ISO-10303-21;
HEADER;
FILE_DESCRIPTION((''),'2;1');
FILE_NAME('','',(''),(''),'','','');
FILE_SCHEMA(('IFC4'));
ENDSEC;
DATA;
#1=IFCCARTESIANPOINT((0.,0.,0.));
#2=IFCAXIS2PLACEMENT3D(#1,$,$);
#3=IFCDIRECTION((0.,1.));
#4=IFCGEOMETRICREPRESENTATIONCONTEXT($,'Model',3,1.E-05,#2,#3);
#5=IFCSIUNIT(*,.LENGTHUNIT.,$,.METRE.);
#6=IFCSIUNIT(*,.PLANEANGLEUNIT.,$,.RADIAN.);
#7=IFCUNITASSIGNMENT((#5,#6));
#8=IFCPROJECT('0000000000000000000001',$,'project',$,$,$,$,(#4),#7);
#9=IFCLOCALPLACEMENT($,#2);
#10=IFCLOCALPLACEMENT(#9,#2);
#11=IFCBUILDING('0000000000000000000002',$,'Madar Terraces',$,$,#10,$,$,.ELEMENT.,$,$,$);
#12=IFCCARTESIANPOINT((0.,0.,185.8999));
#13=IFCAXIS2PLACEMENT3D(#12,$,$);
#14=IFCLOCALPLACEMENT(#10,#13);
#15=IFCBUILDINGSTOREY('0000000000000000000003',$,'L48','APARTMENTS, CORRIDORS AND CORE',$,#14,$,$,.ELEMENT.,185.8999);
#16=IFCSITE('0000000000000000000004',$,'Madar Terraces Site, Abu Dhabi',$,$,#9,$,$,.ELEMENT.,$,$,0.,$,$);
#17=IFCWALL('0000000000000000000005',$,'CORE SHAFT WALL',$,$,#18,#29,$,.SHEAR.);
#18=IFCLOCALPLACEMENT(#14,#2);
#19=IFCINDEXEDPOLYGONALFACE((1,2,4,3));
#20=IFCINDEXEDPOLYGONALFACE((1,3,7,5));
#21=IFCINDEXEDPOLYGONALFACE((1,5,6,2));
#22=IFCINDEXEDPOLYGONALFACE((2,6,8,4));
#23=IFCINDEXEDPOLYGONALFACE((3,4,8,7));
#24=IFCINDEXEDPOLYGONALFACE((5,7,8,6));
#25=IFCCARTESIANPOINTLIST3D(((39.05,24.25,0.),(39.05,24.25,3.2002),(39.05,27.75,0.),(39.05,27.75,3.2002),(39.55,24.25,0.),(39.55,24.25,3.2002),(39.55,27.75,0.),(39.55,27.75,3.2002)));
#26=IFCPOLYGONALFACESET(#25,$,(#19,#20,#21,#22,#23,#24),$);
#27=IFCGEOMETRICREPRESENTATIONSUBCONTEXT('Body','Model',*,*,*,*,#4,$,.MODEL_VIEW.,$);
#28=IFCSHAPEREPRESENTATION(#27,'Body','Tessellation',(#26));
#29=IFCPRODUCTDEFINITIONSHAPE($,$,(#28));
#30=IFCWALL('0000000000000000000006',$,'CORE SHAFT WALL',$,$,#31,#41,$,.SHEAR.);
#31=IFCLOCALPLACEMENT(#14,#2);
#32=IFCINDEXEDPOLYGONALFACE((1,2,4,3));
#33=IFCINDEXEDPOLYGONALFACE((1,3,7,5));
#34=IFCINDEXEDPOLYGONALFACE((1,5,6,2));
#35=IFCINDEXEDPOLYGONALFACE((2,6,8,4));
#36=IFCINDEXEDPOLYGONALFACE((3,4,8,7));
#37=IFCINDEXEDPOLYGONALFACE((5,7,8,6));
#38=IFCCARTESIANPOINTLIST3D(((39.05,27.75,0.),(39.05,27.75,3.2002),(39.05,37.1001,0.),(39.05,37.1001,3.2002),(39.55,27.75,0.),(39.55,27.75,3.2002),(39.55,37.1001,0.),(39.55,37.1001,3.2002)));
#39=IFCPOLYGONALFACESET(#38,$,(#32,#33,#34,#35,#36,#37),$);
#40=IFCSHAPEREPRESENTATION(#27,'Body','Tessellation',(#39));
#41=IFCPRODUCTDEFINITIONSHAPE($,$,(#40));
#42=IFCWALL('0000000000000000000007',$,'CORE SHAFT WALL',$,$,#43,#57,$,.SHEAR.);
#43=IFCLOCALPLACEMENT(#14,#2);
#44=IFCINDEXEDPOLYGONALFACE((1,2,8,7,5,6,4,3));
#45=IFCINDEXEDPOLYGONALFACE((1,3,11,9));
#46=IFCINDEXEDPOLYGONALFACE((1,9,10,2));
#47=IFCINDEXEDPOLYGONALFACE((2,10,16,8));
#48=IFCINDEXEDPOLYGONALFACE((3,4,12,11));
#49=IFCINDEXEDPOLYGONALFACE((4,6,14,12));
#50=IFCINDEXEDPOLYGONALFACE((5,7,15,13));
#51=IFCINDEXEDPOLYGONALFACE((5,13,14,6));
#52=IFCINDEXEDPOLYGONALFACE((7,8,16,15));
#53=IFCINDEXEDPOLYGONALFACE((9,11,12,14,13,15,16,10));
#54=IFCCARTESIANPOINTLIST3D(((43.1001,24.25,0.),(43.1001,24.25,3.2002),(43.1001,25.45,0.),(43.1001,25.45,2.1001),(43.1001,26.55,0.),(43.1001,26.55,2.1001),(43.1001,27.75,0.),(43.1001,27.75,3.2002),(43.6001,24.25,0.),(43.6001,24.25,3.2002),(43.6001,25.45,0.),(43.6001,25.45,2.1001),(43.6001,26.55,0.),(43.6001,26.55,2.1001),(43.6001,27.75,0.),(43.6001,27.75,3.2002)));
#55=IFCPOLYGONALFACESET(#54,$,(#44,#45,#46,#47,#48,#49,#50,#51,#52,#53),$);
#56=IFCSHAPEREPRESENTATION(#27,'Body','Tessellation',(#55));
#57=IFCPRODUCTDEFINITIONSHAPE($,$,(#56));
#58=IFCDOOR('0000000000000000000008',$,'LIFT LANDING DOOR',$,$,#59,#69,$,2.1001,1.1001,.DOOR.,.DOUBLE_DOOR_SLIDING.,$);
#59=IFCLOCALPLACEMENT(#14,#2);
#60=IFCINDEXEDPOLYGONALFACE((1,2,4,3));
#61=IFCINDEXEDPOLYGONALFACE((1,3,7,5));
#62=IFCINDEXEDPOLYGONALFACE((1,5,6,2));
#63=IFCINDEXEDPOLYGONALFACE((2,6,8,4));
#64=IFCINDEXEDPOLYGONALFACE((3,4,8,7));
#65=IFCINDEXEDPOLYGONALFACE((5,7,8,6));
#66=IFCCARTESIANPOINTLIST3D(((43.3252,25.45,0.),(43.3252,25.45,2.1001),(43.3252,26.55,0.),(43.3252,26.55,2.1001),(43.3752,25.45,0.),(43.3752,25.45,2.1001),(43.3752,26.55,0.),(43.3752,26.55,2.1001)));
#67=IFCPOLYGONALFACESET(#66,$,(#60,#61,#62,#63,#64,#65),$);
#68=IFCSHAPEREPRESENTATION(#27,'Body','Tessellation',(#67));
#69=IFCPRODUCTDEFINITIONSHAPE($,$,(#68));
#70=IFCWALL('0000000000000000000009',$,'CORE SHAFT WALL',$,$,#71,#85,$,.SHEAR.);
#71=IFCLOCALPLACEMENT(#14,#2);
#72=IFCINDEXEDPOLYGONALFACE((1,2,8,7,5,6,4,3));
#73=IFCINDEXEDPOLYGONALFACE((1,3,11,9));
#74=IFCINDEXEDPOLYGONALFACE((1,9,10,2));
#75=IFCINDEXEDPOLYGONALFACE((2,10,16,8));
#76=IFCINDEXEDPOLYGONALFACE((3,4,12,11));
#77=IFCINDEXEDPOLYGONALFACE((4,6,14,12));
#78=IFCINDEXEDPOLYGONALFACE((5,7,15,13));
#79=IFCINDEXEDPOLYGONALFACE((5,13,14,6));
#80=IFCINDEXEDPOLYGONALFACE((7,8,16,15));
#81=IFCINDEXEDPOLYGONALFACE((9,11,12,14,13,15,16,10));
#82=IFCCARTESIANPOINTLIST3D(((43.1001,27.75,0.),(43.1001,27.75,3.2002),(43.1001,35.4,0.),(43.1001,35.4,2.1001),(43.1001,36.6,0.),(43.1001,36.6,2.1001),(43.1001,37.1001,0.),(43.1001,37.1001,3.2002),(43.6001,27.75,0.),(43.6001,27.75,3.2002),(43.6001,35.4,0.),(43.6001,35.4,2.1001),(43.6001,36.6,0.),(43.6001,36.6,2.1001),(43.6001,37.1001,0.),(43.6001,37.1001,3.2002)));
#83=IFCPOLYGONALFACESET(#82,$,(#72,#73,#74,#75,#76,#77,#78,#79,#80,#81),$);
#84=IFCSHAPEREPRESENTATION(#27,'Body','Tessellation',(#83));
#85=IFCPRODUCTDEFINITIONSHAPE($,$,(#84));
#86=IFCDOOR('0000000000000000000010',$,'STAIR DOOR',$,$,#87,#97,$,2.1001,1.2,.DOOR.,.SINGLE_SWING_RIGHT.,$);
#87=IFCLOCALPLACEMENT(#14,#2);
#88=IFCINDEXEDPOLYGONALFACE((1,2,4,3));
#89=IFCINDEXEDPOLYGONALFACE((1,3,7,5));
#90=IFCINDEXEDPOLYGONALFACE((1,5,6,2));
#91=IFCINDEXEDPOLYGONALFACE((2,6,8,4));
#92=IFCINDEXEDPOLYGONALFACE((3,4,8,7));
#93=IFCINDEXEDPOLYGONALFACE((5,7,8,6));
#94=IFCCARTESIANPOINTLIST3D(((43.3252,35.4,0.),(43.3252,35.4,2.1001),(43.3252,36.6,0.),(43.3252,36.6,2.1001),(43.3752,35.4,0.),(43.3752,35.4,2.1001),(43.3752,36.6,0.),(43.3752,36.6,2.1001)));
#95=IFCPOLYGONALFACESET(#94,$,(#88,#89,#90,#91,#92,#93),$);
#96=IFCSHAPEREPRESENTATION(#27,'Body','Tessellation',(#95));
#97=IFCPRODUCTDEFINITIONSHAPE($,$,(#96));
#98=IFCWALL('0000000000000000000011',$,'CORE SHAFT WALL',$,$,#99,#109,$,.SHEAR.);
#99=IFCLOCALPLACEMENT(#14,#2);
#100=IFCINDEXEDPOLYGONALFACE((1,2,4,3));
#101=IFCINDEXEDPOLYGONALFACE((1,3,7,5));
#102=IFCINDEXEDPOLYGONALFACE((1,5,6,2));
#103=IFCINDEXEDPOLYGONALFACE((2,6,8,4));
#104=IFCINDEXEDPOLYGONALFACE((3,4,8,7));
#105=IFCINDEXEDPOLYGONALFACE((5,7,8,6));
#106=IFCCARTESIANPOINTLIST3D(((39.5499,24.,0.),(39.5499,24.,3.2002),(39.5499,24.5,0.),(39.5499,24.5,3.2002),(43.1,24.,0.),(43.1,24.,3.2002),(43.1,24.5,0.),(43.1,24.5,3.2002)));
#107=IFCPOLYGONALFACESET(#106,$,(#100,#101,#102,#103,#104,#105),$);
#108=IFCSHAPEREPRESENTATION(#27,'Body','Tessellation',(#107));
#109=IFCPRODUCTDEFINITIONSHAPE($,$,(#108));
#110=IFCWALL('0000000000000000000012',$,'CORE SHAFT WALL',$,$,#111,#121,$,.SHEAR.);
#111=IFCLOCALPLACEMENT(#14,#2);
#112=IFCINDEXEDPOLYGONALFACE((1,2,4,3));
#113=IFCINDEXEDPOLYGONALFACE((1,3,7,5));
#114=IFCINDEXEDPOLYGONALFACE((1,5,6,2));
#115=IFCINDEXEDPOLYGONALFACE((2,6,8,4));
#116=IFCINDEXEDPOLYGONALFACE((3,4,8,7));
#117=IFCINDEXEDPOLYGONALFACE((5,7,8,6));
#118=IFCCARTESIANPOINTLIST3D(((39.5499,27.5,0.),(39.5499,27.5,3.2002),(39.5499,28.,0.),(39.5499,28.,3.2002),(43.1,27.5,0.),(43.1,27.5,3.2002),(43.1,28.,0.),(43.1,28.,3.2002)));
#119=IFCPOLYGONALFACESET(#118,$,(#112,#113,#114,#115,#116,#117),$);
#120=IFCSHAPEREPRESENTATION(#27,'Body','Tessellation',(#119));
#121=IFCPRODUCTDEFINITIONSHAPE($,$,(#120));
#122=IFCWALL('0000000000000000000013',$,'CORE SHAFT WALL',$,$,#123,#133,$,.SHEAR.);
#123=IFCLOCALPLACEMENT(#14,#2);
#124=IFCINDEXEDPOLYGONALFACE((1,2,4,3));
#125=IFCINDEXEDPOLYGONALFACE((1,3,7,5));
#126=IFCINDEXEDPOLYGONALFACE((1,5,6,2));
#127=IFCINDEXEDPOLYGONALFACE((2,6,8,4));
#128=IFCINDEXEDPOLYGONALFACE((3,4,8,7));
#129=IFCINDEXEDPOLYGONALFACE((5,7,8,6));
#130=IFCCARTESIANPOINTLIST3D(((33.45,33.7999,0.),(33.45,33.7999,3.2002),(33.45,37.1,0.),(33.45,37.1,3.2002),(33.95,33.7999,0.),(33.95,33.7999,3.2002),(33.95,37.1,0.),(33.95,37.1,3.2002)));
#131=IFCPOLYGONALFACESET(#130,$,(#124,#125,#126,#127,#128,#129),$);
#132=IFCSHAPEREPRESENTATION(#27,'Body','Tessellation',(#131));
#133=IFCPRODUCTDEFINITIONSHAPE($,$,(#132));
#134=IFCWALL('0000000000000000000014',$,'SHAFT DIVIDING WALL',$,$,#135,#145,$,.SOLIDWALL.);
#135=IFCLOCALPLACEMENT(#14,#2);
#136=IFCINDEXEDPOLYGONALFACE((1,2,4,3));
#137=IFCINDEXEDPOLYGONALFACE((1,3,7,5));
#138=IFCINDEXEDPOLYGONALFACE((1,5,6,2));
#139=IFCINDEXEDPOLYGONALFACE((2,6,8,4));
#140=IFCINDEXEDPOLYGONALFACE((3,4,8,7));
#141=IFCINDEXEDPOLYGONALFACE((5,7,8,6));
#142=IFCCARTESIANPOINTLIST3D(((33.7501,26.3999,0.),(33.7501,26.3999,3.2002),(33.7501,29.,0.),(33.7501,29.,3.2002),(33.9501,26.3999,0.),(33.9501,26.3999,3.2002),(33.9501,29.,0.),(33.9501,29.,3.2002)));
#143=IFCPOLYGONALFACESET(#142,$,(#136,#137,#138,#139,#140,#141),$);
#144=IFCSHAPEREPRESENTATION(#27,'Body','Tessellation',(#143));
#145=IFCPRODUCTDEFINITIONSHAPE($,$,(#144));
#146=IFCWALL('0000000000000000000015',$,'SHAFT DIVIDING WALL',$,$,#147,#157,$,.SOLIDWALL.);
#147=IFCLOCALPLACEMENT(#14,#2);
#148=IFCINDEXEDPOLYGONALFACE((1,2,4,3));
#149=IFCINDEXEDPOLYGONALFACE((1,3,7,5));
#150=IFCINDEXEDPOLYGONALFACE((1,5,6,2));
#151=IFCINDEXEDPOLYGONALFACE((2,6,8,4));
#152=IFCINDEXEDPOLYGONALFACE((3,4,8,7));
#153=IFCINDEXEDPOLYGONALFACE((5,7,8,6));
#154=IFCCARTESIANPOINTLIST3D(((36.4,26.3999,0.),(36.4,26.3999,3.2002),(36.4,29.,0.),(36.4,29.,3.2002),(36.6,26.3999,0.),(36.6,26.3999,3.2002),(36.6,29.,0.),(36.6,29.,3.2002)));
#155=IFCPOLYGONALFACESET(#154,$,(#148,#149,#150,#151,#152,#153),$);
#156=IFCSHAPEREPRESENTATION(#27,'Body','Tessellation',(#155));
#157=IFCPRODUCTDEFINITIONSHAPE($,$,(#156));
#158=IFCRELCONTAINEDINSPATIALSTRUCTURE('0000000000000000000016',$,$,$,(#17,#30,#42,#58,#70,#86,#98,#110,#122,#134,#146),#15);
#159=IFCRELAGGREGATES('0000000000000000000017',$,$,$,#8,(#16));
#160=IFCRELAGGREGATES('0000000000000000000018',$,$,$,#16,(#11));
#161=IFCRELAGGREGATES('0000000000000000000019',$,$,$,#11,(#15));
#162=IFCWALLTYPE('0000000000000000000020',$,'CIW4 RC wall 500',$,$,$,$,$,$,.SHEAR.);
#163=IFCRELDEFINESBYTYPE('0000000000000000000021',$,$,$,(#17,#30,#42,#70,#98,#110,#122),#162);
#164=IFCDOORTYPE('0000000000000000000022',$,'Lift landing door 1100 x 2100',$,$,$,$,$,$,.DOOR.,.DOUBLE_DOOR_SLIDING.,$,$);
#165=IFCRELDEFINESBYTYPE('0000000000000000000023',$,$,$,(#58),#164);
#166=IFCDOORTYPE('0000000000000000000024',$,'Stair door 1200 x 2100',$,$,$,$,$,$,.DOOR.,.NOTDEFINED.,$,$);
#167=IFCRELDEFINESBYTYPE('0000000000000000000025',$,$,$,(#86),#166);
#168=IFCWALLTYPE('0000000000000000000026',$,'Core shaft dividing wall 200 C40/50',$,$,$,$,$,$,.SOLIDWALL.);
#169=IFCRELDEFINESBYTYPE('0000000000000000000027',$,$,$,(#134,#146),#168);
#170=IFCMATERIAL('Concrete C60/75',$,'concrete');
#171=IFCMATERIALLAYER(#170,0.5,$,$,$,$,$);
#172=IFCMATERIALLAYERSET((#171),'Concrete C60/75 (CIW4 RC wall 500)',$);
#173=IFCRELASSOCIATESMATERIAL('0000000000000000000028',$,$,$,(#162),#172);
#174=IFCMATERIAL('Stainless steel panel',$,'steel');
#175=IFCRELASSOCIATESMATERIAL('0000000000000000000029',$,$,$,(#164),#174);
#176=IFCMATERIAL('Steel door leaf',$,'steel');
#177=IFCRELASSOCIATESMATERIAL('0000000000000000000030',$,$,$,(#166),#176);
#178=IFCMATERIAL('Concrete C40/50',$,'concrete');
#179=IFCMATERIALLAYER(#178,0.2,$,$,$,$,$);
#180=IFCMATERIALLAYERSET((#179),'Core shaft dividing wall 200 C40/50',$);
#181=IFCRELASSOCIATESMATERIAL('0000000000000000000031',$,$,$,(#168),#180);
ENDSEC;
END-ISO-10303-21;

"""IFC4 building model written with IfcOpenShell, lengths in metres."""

from ifc_helpers import new_model, si_unit, direction, frame, frame_2d, origin, place, context, subcontext, project, spatial, rectangle, extrude, material, layer, layer_set, type_object, element, fill, save


model = new_model("IFC4")

# Units and contexts
model_context = context("Model", 3, precision=1e-05, world=origin(), true_north=direction((0.0, 1.0)))
body_context = subcontext(model_context, "Body", "Model", "MODEL_VIEW")
ifc_project = project(units=[si_unit("LENGTHUNIT", "METRE"), si_unit("PLANEANGLEUNIT", "RADIAN")], contexts=[model_context])

# Site, building, storey
site_placement = place(None, origin())
site = spatial("IfcSite", under=ifc_project, at=site_placement, Name="Madar Terraces Site, Abu Dhabi", CompositionType="ELEMENT", RefElevation=0.0)
building_placement = place(site_placement, origin())
building = spatial("IfcBuilding", under=site, at=building_placement, Name="Madar Terraces", CompositionType="ELEMENT")
storey_placement = place(building_placement, frame((0.0, 0.0, 185.8999)))
storey = spatial("IfcBuildingStorey", under=building, at=storey_placement, Name="L48", Description="APARTMENTS, CORRIDORS AND CORE", CompositionType="ELEMENT", Elevation=185.8999)

# Walls
ifc_material_1 = material(Name="Concrete C60/75", Category="concrete")
ifc_layer_1 = layer(ifc_material_1, 0.5)
ifc_layer_set_1 = layer_set([ifc_layer_1], Name="Concrete C60/75 (CIW4 RC wall 500)")
wall_type_1 = type_object("IfcWallType", Name="CIW4 RC wall 500", PredefinedType="SHEAR", material=ifc_layer_set_1)
wall_1_placement = place(storey_placement, frame((39.3, 24.25, 0.0), z_axis=(0.0, 0.0, 1.0), x_axis=(0.0, 1.0, 0.0)))
element("IfcWall", 1, at=wall_1_placement, inside=storey, type_object=wall_type_1, Name="CORE SHAFT WALL", PredefinedType="SHEAR", context=body_context, shape_type="SweptSolid", body=[
    extrude(rectangle(XDim=3.5, YDim=0.5, at=frame_2d((1.75, 0.0))), origin(), (0.0, 0.0, 1.0), 3.2002),
])
wall_2_placement = place(storey_placement, frame((39.3, 27.75, 0.0), z_axis=(0.0, 0.0, 1.0), x_axis=(0.0, 1.0, 0.0)))
element("IfcWall", 2, at=wall_2_placement, inside=storey, type_object=wall_type_1, Name="CORE SHAFT WALL", PredefinedType="SHEAR", context=body_context, shape_type="SweptSolid", body=[
    extrude(rectangle(XDim=9.3501, YDim=0.5, at=frame_2d((4.675, 0.0))), origin(), (0.0, 0.0, 1.0), 3.2002),
])

# Walls, openings, doors
wall_3_placement = place(storey_placement, frame((43.3501, 24.25, 0.0), z_axis=(0.0, 0.0, 1.0), x_axis=(0.0, 1.0, 0.0)))
wall_3 = element("IfcWall", 3, at=wall_3_placement, inside=storey, type_object=wall_type_1, Name="CORE SHAFT WALL", PredefinedType="SHEAR", context=body_context, shape_type="SweptSolid", body=[
    extrude(rectangle(XDim=3.5, YDim=0.5, at=frame_2d((1.75, 0.0))), origin(), (0.0, 0.0, 1.0), 3.2002),
])
opening_1_placement = place(wall_3_placement, frame((1.2, 0.0, 0.0)))
opening_1 = element("IfcOpeningElement", 4, at=opening_1_placement, cuts=wall_3, PredefinedType="OPENING", context=body_context, shape_type="SweptSolid", body=[
    extrude(rectangle(XDim=1.1001, YDim=2.1001, at=frame_2d((0.55, 1.05))), frame((0.0, 0.26, 0.0), z_axis=(0.0, -1.0, 0.0), x_axis=(1.0, 0.0, 0.0)), (0.0, 0.0, 1.0), 0.52),
])
ifc_material_2 = material(Name="Stainless steel panel", Category="steel")
door_type_1 = type_object("IfcDoorType", Name="Lift landing door 1100 x 2100", OperationType="DOUBLE_DOOR_SLIDING", PredefinedType="DOOR", material=ifc_material_2)
door_1_placement = place(opening_1_placement, origin())
door_1 = element("IfcDoor", 5, at=door_1_placement, inside=storey, type_object=door_type_1, Name="LIFT LANDING DOOR", OperationType="DOUBLE_DOOR_SLIDING", OverallHeight=2.1001, OverallWidth=1.1001, PredefinedType="DOOR", context=body_context, shape_type="SweptSolid", body=[
    extrude(rectangle(XDim=1.1001, YDim=2.1001, at=frame_2d((0.55, 1.05))), frame((0.0, 0.0249, 0.0), z_axis=(0.0, -1.0, 0.0), x_axis=(1.0, 0.0, 0.0)), (0.0, 0.0, 1.0), 0.05),
])
fill(opening_1, door_1)
wall_4_placement = place(storey_placement, frame((43.3501, 27.75, 0.0), z_axis=(0.0, 0.0, 1.0), x_axis=(0.0, 1.0, 0.0)))
wall_4 = element("IfcWall", 6, at=wall_4_placement, inside=storey, type_object=wall_type_1, Name="CORE SHAFT WALL", PredefinedType="SHEAR", context=body_context, shape_type="SweptSolid", body=[
    extrude(rectangle(XDim=9.3501, YDim=0.5, at=frame_2d((4.675, 0.0))), origin(), (0.0, 0.0, 1.0), 3.2002),
])
opening_2_placement = place(wall_4_placement, frame((7.6499, 0.0, 0.0)))
opening_2 = element("IfcOpeningElement", 7, at=opening_2_placement, cuts=wall_4, PredefinedType="OPENING", context=body_context, shape_type="SweptSolid", body=[
    extrude(rectangle(XDim=1.2, YDim=2.1001, at=frame_2d((0.6001, 1.05))), frame((0.0, 0.26, 0.0), z_axis=(0.0, -1.0, 0.0), x_axis=(1.0, 0.0, 0.0)), (0.0, 0.0, 1.0), 0.52),
])
ifc_material_3 = material(Name="Steel door leaf", Category="steel")
door_type_2 = type_object("IfcDoorType", Name="Stair door 1200 x 2100", OperationType="NOTDEFINED", PredefinedType="DOOR", material=ifc_material_3)
door_2_placement = place(opening_2_placement, origin())
door_2 = element("IfcDoor", 8, at=door_2_placement, inside=storey, type_object=door_type_2, Name="STAIR DOOR", OperationType="SINGLE_SWING_RIGHT", OverallHeight=2.1001, OverallWidth=1.2, PredefinedType="DOOR", context=body_context, shape_type="SweptSolid", body=[
    extrude(rectangle(XDim=1.2, YDim=2.1001, at=frame_2d((0.6001, 1.05))), frame((0.0, 0.0249, 0.0), z_axis=(0.0, -1.0, 0.0), x_axis=(1.0, 0.0, 0.0)), (0.0, 0.0, 1.0), 0.05),
])
fill(opening_2, door_2)

# Walls
for number, where, z_axis, x_axis, name in (
    (9, (39.55, 24.25, 0.0), (0.0, 0.0, 1.0), (1.0, 0.0, 0.0), "CORE SHAFT WALL"),
    (10, (39.55, 27.75, 0.0), (0.0, 0.0, 1.0), (1.0, 0.0, 0.0), "CORE SHAFT WALL"),
):
    element("IfcWall", number, at=place(storey_placement, frame(where, z_axis=z_axis, x_axis=x_axis)), inside=storey, type_object=wall_type_1, Name=name, PredefinedType="SHEAR", context=body_context, shape_type="SweptSolid", body=[
        extrude(rectangle(XDim=3.55, YDim=0.5, at=frame_2d((1.7749, 0.0))), origin(), (0.0, 0.0, 1.0), 3.2002),
    ])
wall_5_placement = place(storey_placement, frame((33.7, 33.8, 0.0), z_axis=(0.0, 0.0, 1.0), x_axis=(0.0, 1.0, 0.0)))
element("IfcWall", 11, at=wall_5_placement, inside=storey, type_object=wall_type_1, Name="CORE SHAFT WALL", PredefinedType="SHEAR", context=body_context, shape_type="SweptSolid", body=[
    extrude(rectangle(XDim=3.3, YDim=0.5, at=frame_2d((1.6499, 0.0))), origin(), (0.0, 0.0, 1.0), 3.2002),
])
ifc_material_4 = material(Name="Concrete C40/50", Category="concrete")
ifc_layer_2 = layer(ifc_material_4, 0.2)
ifc_layer_set_2 = layer_set([ifc_layer_2], Name="Core shaft dividing wall 200 C40/50")
wall_type_2 = type_object("IfcWallType", Name="Core shaft dividing wall 200 C40/50", PredefinedType="SOLIDWALL", material=ifc_layer_set_2)
for number, where, z_axis, x_axis, name in (
    (12, (33.8501, 26.3999, 0.0), (0.0, 0.0, 1.0), (0.0, 1.0, 0.0), "SHAFT DIVIDING WALL"),
    (13, (36.5, 26.3999, 0.0), (0.0, 0.0, 1.0), (0.0, 1.0, 0.0), "SHAFT DIVIDING WALL"),
):
    element("IfcWall", number, at=place(storey_placement, frame(where, z_axis=z_axis, x_axis=x_axis)), inside=storey, type_object=wall_type_2, Name=name, PredefinedType="SOLIDWALL", context=body_context, shape_type="SweptSolid", body=[
        extrude(rectangle(XDim=2.6001, YDim=0.2, at=frame_2d((1.3, 0.0))), origin(), (0.0, 0.0, 1.0), 3.2002),
    ])

save(model, "model.ifc")
